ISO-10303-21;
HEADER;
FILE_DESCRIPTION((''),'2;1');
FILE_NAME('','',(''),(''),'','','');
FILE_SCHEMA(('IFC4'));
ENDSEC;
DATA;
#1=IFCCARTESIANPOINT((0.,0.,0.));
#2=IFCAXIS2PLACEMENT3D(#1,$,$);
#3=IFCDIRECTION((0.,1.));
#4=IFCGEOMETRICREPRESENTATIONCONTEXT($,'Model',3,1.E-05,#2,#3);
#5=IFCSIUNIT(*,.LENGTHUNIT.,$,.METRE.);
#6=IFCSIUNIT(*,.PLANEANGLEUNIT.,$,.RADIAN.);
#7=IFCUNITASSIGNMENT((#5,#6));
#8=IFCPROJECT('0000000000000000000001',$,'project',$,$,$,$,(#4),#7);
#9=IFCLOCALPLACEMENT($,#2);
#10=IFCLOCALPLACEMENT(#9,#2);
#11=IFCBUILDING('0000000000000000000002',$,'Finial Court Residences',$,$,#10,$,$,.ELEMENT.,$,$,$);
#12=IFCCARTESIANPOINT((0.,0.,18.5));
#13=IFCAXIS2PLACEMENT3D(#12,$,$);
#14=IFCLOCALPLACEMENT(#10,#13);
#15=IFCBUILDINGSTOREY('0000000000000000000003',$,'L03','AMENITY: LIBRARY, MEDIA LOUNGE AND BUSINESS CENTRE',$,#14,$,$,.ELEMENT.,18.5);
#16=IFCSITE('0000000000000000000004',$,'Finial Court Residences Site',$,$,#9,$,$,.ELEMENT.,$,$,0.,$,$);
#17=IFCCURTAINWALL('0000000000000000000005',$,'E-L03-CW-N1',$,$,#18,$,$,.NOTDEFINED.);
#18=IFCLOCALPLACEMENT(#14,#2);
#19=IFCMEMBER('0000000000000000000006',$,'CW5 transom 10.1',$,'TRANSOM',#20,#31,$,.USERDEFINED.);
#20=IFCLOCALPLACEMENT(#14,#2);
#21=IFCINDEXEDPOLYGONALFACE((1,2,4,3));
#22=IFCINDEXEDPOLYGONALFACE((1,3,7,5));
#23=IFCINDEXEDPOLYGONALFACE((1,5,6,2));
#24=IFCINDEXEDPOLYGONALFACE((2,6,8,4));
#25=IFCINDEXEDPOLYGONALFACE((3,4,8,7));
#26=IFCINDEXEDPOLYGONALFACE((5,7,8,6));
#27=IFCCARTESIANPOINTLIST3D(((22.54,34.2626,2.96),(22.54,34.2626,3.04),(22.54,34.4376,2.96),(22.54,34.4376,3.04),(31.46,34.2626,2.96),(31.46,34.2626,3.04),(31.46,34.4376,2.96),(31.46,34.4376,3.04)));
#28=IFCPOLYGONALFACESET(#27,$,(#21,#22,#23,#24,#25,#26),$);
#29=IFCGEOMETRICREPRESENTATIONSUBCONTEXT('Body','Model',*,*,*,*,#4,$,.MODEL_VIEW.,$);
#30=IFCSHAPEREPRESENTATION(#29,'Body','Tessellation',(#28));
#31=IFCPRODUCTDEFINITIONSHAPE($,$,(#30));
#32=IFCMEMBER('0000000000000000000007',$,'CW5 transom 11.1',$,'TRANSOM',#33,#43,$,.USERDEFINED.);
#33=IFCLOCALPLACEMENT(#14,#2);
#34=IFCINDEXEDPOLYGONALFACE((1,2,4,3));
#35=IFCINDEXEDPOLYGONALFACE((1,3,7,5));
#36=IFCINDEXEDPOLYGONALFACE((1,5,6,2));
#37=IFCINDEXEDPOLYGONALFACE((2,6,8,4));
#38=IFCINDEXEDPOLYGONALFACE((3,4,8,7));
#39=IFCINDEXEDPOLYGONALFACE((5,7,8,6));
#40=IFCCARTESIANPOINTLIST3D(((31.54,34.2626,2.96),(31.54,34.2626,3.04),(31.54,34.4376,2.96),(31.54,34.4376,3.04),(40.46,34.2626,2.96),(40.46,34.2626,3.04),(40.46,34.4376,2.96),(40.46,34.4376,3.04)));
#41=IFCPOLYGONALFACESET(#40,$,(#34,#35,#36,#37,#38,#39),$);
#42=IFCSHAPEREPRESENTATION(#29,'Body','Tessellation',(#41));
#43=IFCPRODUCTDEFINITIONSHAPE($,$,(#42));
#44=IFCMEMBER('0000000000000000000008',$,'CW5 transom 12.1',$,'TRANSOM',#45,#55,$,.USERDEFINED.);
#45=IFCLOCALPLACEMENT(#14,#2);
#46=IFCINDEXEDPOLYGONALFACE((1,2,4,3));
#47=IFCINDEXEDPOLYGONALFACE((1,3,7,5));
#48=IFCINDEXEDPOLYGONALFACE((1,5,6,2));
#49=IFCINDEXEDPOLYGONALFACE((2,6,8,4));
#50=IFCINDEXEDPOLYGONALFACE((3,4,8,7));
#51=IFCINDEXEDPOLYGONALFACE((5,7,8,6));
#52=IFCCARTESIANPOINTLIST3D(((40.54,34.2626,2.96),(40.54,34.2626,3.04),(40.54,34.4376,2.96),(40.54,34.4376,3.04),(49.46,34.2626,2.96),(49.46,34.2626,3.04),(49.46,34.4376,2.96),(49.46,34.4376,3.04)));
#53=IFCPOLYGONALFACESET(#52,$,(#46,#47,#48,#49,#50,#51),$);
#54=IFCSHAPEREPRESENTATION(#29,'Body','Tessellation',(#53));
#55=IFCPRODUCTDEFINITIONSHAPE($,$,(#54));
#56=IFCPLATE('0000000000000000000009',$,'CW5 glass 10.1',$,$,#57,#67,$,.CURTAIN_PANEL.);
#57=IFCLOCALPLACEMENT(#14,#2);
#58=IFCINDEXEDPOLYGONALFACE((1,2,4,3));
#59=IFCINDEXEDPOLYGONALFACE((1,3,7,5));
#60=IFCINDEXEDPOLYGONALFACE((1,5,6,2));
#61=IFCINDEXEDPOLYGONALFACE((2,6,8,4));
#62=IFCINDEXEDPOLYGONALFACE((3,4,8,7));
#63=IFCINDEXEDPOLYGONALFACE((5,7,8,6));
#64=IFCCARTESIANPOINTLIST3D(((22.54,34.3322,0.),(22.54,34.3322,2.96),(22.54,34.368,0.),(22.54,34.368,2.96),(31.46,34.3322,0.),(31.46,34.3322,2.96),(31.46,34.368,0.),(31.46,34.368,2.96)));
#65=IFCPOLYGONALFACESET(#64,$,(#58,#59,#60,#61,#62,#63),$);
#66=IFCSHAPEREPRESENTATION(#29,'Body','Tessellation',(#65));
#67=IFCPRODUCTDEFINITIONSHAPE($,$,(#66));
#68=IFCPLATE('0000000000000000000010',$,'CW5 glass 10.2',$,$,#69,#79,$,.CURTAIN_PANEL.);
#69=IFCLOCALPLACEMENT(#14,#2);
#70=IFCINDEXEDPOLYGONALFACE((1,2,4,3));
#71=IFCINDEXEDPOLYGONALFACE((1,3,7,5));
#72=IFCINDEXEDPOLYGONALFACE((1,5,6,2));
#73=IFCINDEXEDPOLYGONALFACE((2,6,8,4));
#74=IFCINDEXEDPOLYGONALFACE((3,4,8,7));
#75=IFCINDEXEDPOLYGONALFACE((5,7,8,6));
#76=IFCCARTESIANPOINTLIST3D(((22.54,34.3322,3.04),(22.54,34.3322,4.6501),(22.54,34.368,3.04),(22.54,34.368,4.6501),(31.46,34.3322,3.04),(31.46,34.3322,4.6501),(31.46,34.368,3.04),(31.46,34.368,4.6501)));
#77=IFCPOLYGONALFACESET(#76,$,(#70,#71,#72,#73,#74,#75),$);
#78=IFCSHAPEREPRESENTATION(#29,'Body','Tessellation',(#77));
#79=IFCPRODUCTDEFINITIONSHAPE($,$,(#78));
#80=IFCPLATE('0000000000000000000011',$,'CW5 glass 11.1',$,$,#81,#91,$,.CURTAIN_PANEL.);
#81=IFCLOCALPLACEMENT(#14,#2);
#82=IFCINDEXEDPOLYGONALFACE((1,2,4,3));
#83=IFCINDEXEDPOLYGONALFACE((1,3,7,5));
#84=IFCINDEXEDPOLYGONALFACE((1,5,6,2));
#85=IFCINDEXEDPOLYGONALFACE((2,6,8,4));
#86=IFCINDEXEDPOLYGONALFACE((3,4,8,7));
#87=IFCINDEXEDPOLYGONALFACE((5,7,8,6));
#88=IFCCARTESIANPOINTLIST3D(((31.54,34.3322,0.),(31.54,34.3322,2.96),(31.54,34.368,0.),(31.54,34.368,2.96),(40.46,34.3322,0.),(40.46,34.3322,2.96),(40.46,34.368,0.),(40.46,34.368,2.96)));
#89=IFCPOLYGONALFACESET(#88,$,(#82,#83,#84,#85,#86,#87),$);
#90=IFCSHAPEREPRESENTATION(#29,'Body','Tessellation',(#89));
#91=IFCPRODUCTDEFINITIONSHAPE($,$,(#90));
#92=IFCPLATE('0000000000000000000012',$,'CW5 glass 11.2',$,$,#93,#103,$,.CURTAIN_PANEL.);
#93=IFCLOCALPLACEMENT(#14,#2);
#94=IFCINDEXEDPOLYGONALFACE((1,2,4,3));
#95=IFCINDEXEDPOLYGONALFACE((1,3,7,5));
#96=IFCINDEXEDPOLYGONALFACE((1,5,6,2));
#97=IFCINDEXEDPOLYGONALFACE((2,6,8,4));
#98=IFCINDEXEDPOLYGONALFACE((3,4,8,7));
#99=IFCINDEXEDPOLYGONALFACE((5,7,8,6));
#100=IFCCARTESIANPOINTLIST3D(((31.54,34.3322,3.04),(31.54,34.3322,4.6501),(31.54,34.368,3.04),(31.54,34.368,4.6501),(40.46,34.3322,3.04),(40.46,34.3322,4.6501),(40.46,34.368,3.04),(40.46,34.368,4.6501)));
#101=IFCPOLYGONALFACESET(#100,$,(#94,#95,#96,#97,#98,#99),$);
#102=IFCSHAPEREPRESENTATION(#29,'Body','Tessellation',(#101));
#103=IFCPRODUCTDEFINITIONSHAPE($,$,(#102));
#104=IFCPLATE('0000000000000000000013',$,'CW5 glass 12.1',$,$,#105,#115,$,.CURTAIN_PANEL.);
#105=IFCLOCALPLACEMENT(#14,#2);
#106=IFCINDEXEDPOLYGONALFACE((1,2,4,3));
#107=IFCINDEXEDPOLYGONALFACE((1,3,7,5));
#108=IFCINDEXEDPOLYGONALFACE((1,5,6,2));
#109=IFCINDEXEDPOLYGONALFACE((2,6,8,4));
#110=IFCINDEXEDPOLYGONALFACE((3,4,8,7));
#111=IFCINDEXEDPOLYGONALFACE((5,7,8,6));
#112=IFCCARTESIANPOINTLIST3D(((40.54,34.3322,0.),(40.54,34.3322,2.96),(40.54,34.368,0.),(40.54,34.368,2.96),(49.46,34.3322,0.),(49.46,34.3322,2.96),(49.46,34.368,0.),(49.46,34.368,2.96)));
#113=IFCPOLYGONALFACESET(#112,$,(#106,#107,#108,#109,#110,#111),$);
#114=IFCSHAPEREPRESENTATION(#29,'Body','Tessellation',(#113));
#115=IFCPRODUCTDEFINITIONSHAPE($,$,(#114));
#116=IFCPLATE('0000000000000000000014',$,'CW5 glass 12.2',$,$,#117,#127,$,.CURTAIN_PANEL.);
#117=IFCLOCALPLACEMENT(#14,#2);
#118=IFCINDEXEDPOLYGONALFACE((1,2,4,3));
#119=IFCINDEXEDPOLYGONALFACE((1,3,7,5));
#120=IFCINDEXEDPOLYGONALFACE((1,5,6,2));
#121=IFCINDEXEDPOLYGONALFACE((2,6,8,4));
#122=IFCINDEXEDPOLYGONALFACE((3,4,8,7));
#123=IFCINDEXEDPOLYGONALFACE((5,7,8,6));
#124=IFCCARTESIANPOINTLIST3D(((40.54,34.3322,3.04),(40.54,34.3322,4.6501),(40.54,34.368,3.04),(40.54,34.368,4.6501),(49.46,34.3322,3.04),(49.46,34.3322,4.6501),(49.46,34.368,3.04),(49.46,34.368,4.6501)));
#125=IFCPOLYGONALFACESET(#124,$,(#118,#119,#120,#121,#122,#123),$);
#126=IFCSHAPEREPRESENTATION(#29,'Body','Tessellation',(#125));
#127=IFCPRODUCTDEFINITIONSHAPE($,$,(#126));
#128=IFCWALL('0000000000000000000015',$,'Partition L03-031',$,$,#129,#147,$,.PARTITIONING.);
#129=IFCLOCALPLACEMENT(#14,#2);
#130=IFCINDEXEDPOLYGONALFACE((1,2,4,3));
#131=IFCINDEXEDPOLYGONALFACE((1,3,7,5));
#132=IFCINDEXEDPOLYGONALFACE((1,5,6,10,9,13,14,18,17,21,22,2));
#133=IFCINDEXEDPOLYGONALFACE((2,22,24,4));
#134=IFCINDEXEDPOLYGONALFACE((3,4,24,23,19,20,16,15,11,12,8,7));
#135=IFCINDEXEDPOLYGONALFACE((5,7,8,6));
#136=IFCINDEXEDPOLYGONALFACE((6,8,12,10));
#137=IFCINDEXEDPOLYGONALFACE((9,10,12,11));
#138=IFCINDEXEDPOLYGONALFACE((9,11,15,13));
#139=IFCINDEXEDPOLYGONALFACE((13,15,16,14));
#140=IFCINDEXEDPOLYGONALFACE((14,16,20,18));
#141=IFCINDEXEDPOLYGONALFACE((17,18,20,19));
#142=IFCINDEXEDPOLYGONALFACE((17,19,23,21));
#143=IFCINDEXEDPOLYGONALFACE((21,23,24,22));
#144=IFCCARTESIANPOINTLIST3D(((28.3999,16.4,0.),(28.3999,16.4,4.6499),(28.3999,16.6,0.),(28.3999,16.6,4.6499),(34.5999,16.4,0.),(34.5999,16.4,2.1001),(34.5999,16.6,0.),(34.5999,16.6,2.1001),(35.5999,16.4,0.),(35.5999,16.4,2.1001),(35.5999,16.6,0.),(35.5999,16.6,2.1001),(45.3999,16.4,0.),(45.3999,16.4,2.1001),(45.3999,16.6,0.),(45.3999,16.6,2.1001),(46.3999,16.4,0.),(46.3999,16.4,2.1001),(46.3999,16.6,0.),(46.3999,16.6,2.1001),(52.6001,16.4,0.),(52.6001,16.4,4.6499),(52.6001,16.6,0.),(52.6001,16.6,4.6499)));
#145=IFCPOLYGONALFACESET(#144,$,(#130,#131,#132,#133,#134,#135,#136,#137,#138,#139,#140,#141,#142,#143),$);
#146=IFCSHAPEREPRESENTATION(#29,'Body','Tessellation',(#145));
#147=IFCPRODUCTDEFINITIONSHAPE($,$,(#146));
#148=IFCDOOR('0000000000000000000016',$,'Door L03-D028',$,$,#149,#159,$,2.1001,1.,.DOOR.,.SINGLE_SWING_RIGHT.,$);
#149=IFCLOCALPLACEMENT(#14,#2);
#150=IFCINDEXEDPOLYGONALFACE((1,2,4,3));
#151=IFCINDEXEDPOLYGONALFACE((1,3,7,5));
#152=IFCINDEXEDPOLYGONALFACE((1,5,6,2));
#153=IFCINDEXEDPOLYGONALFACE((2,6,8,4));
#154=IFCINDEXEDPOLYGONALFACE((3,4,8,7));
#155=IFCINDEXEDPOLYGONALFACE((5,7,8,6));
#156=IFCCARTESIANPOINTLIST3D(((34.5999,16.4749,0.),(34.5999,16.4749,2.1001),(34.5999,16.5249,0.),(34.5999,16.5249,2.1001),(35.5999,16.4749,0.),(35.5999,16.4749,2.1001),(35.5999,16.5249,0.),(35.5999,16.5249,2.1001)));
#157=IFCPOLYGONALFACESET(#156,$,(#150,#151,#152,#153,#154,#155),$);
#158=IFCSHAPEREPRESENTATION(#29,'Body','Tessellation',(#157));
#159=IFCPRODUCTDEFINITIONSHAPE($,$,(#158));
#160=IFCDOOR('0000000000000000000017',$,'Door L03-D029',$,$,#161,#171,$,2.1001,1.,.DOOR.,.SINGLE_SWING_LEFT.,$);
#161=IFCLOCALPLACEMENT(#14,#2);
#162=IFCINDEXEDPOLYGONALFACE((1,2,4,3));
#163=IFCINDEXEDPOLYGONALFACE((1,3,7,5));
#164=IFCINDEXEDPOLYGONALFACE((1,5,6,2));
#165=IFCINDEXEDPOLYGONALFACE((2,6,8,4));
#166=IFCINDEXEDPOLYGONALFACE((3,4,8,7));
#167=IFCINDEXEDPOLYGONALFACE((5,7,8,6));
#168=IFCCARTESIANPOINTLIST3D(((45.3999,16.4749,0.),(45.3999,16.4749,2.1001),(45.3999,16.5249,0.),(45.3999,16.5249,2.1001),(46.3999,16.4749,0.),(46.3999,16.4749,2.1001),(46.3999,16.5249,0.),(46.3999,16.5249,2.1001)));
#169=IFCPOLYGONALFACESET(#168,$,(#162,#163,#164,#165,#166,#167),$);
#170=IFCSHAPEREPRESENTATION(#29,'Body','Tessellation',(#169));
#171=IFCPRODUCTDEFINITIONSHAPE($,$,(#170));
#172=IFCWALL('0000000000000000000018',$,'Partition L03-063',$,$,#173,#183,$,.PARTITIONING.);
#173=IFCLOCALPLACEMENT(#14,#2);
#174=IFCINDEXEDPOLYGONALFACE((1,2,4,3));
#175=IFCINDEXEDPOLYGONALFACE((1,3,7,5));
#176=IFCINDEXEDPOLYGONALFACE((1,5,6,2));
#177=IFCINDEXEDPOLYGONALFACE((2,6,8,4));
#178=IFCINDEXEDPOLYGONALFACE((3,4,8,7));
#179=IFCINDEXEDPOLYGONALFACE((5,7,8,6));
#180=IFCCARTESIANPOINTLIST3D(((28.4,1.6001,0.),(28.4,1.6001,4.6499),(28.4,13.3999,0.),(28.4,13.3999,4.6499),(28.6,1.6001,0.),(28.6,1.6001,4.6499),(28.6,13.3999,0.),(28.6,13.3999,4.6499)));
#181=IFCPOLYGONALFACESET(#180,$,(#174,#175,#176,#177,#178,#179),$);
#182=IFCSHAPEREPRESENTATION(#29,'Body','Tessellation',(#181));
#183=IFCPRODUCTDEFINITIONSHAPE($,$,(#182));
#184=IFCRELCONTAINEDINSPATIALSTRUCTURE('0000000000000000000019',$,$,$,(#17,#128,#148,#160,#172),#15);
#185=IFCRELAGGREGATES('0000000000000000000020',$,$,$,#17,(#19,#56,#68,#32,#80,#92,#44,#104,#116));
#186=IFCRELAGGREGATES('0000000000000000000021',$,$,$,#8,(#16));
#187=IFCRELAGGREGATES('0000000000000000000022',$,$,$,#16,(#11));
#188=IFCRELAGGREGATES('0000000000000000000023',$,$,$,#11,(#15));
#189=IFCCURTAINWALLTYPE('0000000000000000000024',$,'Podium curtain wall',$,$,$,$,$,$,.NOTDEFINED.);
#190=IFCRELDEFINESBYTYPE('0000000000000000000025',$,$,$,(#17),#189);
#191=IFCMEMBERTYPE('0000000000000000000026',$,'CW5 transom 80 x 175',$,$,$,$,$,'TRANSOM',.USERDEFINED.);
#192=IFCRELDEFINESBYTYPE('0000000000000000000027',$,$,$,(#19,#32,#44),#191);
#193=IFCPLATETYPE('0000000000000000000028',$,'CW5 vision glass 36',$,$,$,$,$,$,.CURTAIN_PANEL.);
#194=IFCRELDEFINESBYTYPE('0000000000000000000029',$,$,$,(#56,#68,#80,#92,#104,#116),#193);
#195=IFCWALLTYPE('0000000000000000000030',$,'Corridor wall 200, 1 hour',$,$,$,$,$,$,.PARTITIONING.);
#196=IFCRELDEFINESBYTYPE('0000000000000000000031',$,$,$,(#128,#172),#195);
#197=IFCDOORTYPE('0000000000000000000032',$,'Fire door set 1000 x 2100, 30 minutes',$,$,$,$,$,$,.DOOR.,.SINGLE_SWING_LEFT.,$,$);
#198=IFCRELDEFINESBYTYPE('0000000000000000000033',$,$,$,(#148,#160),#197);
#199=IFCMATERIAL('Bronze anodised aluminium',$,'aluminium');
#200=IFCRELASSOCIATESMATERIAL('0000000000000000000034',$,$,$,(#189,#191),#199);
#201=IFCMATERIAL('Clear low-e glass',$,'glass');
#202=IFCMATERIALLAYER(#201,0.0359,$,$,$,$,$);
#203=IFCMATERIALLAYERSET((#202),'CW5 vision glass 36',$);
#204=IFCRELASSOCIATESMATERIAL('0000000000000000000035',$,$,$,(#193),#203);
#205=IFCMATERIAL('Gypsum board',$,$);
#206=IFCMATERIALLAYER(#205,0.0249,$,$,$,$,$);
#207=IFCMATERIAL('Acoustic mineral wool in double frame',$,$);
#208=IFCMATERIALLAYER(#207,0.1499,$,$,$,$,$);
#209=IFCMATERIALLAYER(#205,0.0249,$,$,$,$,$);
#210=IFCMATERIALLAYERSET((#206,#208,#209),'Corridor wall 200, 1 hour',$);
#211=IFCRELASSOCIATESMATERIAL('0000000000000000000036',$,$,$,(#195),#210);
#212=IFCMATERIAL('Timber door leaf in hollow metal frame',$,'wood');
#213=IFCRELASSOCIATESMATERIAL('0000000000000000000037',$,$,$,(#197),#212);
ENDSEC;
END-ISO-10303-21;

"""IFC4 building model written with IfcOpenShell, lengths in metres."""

from ifc_helpers import new_model, si_unit, direction, frame, frame_2d, origin, origin_2d, place, context, subcontext, project, spatial, rectangle, extrude, material, layer, layer_set, material_profile, profile_set, type_object, element, fill, aggregate, save


model = new_model("IFC4")

# Units and contexts
model_context = context("Model", 3, precision=1e-05, world=origin(), true_north=direction((0.0, 1.0)))
body_context = subcontext(model_context, "Body", "Model", "MODEL_VIEW")
ifc_project = project(units=[si_unit("LENGTHUNIT", "METRE"), si_unit("PLANEANGLEUNIT", "RADIAN")], contexts=[model_context])

# Site, building, storey
site_placement = place(None, origin())
site = spatial("IfcSite", under=ifc_project, at=site_placement, Name="Finial Court Residences Site", CompositionType="ELEMENT", RefElevation=0.0)
building_placement = place(site_placement, origin())
building = spatial("IfcBuilding", under=site, at=building_placement, Name="Finial Court Residences", CompositionType="ELEMENT")
storey_placement = place(building_placement, frame((0.0, 0.0, 18.5)))
storey = spatial("IfcBuildingStorey", under=building, at=storey_placement, Name="L03", Description="AMENITY: LIBRARY, MEDIA LOUNGE AND BUSINESS CENTRE", CompositionType="ELEMENT", Elevation=18.5)

# Curtain wall, members, plates
ifc_material_1 = material(Name="Bronze anodised aluminium", Category="aluminium")
curtain_wall_type = type_object("IfcCurtainWallType", Name="Podium curtain wall", PredefinedType="NOTDEFINED", material=ifc_material_1)
curtain_wall_placement = place(storey_placement, origin())
curtain_wall = element("IfcCurtainWall", 1, at=curtain_wall_placement, inside=storey, type_object=curtain_wall_type, Name="E-L03-CW-N1", PredefinedType="NOTDEFINED")
ifc_material_profile_1 = material_profile(ifc_material_1, rectangle(XDim=0.175, YDim=0.0801, at=origin_2d()), Name="CW5 transom 80 x 175")
ifc_profile_set_1 = profile_set([ifc_material_profile_1], Name="Bronze anodised aluminium")
member_type_1 = type_object("IfcMemberType", Name="CW5 transom 80 x 175", ElementType="TRANSOM", PredefinedType="USERDEFINED", material=ifc_profile_set_1)
member_1_placement = place(storey_placement, frame((22.54, 34.3501, 3.0), z_axis=(1.0, 0.0, 0.0), x_axis=(0.0, 1.0, 0.0)))
member_1 = element("IfcMember", 2, at=member_1_placement, type_object=member_type_1, Name="CW5 transom 10.1", ObjectType="TRANSOM", PredefinedType="USERDEFINED", context=body_context, shape_type="SweptSolid", body=[
    extrude(rectangle(XDim=0.175, YDim=0.0801, at=origin_2d()), origin(), (0.0, 0.0, 1.0), 8.9199),
])
member_2_placement = place(storey_placement, frame((31.54, 34.3501, 3.0), z_axis=(1.0, 0.0, 0.0), x_axis=(0.0, 1.0, 0.0)))
member_2 = element("IfcMember", 3, at=member_2_placement, type_object=member_type_1, Name="CW5 transom 11.1", ObjectType="TRANSOM", PredefinedType="USERDEFINED", context=body_context, shape_type="SweptSolid", body=[
    extrude(rectangle(XDim=0.175, YDim=0.0801, at=origin_2d()), origin(), (0.0, 0.0, 1.0), 8.9199),
])
member_3_placement = place(storey_placement, frame((40.54, 34.3501, 3.0), z_axis=(1.0, 0.0, 0.0), x_axis=(0.0, 1.0, 0.0)))
member_3 = element("IfcMember", 4, at=member_3_placement, type_object=member_type_1, Name="CW5 transom 12.1", ObjectType="TRANSOM", PredefinedType="USERDEFINED", context=body_context, shape_type="SweptSolid", body=[
    extrude(rectangle(XDim=0.175, YDim=0.0801, at=origin_2d()), origin(), (0.0, 0.0, 1.0), 8.9199),
])
ifc_material_2 = material(Name="Clear low-e glass", Category="glass")
ifc_layer_1 = layer(ifc_material_2, 0.0359)
ifc_layer_set_1 = layer_set([ifc_layer_1], Name="CW5 vision glass 36")
plate_type = type_object("IfcPlateType", Name="CW5 vision glass 36", PredefinedType="CURTAIN_PANEL", material=ifc_layer_set_1)
plate_1_placement = place(storey_placement, frame((27.0, 34.3501, 0.0), z_axis=(0.0, 0.0, 1.0), x_axis=(1.0, 0.0, 0.0)))
plate_1 = element("IfcPlate", 5, at=plate_1_placement, type_object=plate_type, Name="CW5 glass 10.1", PredefinedType="CURTAIN_PANEL", context=body_context, shape_type="SweptSolid", body=[
    extrude(rectangle(XDim=8.9199, YDim=0.0359, at=origin_2d()), origin(), (0.0, 0.0, 1.0), 2.96),
])
plate_2_placement = place(storey_placement, frame((27.0, 34.3501, 3.04), z_axis=(0.0, 0.0, 1.0), x_axis=(1.0, 0.0, 0.0)))
plate_2 = element("IfcPlate", 6, at=plate_2_placement, type_object=plate_type, Name="CW5 glass 10.2", PredefinedType="CURTAIN_PANEL", context=body_context, shape_type="SweptSolid", body=[
    extrude(rectangle(XDim=8.9199, YDim=0.0359, at=origin_2d()), origin(), (0.0, 0.0, 1.0), 1.6101),
])
plate_3_placement = place(storey_placement, frame((36.0, 34.3501, 0.0), z_axis=(0.0, 0.0, 1.0), x_axis=(1.0, 0.0, 0.0)))
plate_3 = element("IfcPlate", 7, at=plate_3_placement, type_object=plate_type, Name="CW5 glass 11.1", PredefinedType="CURTAIN_PANEL", context=body_context, shape_type="SweptSolid", body=[
    extrude(rectangle(XDim=8.9199, YDim=0.0359, at=origin_2d()), origin(), (0.0, 0.0, 1.0), 2.96),
])
plate_4_placement = place(storey_placement, frame((36.0, 34.3501, 3.04), z_axis=(0.0, 0.0, 1.0), x_axis=(1.0, 0.0, 0.0)))
plate_4 = element("IfcPlate", 8, at=plate_4_placement, type_object=plate_type, Name="CW5 glass 11.2", PredefinedType="CURTAIN_PANEL", context=body_context, shape_type="SweptSolid", body=[
    extrude(rectangle(XDim=8.9199, YDim=0.0359, at=origin_2d()), origin(), (0.0, 0.0, 1.0), 1.6101),
])
plate_5_placement = place(storey_placement, frame((45.0, 34.3501, 0.0), z_axis=(0.0, 0.0, 1.0), x_axis=(1.0, 0.0, 0.0)))
plate_5 = element("IfcPlate", 9, at=plate_5_placement, type_object=plate_type, Name="CW5 glass 12.1", PredefinedType="CURTAIN_PANEL", context=body_context, shape_type="SweptSolid", body=[
    extrude(rectangle(XDim=8.9199, YDim=0.0359, at=origin_2d()), origin(), (0.0, 0.0, 1.0), 2.96),
])
plate_6_placement = place(storey_placement, frame((45.0, 34.3501, 3.04), z_axis=(0.0, 0.0, 1.0), x_axis=(1.0, 0.0, 0.0)))
plate_6 = element("IfcPlate", 10, at=plate_6_placement, type_object=plate_type, Name="CW5 glass 12.2", PredefinedType="CURTAIN_PANEL", context=body_context, shape_type="SweptSolid", body=[
    extrude(rectangle(XDim=8.9199, YDim=0.0359, at=origin_2d()), origin(), (0.0, 0.0, 1.0), 1.6101),
])
aggregate(curtain_wall, [member_1, plate_1, plate_2, member_2, plate_3, plate_4, member_3, plate_5, plate_6])

# Wall, openings, doors
ifc_material_3 = material(Name="Gypsum board")
ifc_layer_2 = layer(ifc_material_3, 0.0249)
ifc_material_4 = material(Name="Acoustic mineral wool in double frame")
ifc_layer_3 = layer(ifc_material_4, 0.1499)
ifc_layer_4 = layer(ifc_material_3, 0.0249)
ifc_layer_set_2 = layer_set([ifc_layer_2, ifc_layer_3, ifc_layer_4], Name="Corridor wall 200, 1 hour")
wall_type_1 = type_object("IfcWallType", Name="Corridor wall 200, 1 hour", PredefinedType="PARTITIONING", material=ifc_layer_set_2)
wall_1_placement = place(storey_placement, frame((28.3999, 16.5, 0.0), z_axis=(0.0, 0.0, 1.0), x_axis=(1.0, 0.0, 0.0)))
wall_1 = element("IfcWall", 11, at=wall_1_placement, inside=storey, type_object=wall_type_1, Name="Partition L03-031", PredefinedType="PARTITIONING", context=body_context, shape_type="SweptSolid", body=[
    extrude(rectangle(XDim=24.2002, YDim=0.2, at=frame_2d((12.1001, 0.0))), origin(), (0.0, 0.0, 1.0), 4.6499),
])
opening_1_placement = place(wall_1_placement, frame((6.2, 0.0, 0.0)))
opening_1 = element("IfcOpeningElement", 12, at=opening_1_placement, cuts=wall_1, PredefinedType="OPENING", context=body_context, shape_type="SweptSolid", body=[
    extrude(rectangle(XDim=1.0, YDim=2.1001, at=frame_2d((0.5, 1.05))), frame((0.0, 0.1099, 0.0), z_axis=(0.0, -1.0, 0.0), x_axis=(1.0, 0.0, 0.0)), (0.0, 0.0, 1.0), 0.22),
])
opening_2_placement = place(wall_1_placement, frame((17.0, 0.0, 0.0)))
opening_2 = element("IfcOpeningElement", 13, at=opening_2_placement, cuts=wall_1, PredefinedType="OPENING", context=body_context, shape_type="SweptSolid", body=[
    extrude(rectangle(XDim=1.0, YDim=2.1001, at=frame_2d((0.5, 1.05))), frame((0.0, 0.1099, 0.0), z_axis=(0.0, -1.0, 0.0), x_axis=(1.0, 0.0, 0.0)), (0.0, 0.0, 1.0), 0.22),
])
ifc_material_5 = material(Name="Timber door leaf in hollow metal frame", Category="wood")
door_type = type_object("IfcDoorType", Name="Fire door set 1000 x 2100, 30 minutes", OperationType="SINGLE_SWING_LEFT", PredefinedType="DOOR", material=ifc_material_5)
door_1_placement = place(opening_1_placement, origin())
door_1 = element("IfcDoor", 14, at=door_1_placement, inside=storey, type_object=door_type, Name="Door L03-D028", OperationType="SINGLE_SWING_RIGHT", OverallHeight=2.1001, OverallWidth=1.0, PredefinedType="DOOR", context=body_context, shape_type="SweptSolid", body=[
    extrude(rectangle(XDim=1.0, YDim=2.1001, at=frame_2d((0.5, 1.05))), frame((0.0, 0.0249, 0.0), z_axis=(0.0, -1.0, 0.0), x_axis=(1.0, 0.0, 0.0)), (0.0, 0.0, 1.0), 0.05),
])
fill(opening_1, door_1)
door_2_placement = place(opening_2_placement, origin())
door_2 = element("IfcDoor", 15, at=door_2_placement, inside=storey, type_object=door_type, Name="Door L03-D029", OperationType="SINGLE_SWING_LEFT", OverallHeight=2.1001, OverallWidth=1.0, PredefinedType="DOOR", context=body_context, shape_type="SweptSolid", body=[
    extrude(rectangle(XDim=1.0, YDim=2.1001, at=frame_2d((0.5, 1.05))), frame((0.0, 0.0249, 0.0), z_axis=(0.0, -1.0, 0.0), x_axis=(1.0, 0.0, 0.0)), (0.0, 0.0, 1.0), 0.05),
])
fill(opening_2, door_2)

# Wall
wall_2_placement = place(storey_placement, frame((28.5, 1.6001, 0.0), z_axis=(0.0, 0.0, 1.0), x_axis=(0.0, 1.0, 0.0)))
element("IfcWall", 16, at=wall_2_placement, inside=storey, type_object=wall_type_1, Name="Partition L03-063", PredefinedType="PARTITIONING", context=body_context, shape_type="SweptSolid", body=[
    extrude(rectangle(XDim=11.7998, YDim=0.2, at=frame_2d((5.8999, 0.0))), origin(), (0.0, 0.0, 1.0), 4.6499),
])

save(model, "model.ifc")
